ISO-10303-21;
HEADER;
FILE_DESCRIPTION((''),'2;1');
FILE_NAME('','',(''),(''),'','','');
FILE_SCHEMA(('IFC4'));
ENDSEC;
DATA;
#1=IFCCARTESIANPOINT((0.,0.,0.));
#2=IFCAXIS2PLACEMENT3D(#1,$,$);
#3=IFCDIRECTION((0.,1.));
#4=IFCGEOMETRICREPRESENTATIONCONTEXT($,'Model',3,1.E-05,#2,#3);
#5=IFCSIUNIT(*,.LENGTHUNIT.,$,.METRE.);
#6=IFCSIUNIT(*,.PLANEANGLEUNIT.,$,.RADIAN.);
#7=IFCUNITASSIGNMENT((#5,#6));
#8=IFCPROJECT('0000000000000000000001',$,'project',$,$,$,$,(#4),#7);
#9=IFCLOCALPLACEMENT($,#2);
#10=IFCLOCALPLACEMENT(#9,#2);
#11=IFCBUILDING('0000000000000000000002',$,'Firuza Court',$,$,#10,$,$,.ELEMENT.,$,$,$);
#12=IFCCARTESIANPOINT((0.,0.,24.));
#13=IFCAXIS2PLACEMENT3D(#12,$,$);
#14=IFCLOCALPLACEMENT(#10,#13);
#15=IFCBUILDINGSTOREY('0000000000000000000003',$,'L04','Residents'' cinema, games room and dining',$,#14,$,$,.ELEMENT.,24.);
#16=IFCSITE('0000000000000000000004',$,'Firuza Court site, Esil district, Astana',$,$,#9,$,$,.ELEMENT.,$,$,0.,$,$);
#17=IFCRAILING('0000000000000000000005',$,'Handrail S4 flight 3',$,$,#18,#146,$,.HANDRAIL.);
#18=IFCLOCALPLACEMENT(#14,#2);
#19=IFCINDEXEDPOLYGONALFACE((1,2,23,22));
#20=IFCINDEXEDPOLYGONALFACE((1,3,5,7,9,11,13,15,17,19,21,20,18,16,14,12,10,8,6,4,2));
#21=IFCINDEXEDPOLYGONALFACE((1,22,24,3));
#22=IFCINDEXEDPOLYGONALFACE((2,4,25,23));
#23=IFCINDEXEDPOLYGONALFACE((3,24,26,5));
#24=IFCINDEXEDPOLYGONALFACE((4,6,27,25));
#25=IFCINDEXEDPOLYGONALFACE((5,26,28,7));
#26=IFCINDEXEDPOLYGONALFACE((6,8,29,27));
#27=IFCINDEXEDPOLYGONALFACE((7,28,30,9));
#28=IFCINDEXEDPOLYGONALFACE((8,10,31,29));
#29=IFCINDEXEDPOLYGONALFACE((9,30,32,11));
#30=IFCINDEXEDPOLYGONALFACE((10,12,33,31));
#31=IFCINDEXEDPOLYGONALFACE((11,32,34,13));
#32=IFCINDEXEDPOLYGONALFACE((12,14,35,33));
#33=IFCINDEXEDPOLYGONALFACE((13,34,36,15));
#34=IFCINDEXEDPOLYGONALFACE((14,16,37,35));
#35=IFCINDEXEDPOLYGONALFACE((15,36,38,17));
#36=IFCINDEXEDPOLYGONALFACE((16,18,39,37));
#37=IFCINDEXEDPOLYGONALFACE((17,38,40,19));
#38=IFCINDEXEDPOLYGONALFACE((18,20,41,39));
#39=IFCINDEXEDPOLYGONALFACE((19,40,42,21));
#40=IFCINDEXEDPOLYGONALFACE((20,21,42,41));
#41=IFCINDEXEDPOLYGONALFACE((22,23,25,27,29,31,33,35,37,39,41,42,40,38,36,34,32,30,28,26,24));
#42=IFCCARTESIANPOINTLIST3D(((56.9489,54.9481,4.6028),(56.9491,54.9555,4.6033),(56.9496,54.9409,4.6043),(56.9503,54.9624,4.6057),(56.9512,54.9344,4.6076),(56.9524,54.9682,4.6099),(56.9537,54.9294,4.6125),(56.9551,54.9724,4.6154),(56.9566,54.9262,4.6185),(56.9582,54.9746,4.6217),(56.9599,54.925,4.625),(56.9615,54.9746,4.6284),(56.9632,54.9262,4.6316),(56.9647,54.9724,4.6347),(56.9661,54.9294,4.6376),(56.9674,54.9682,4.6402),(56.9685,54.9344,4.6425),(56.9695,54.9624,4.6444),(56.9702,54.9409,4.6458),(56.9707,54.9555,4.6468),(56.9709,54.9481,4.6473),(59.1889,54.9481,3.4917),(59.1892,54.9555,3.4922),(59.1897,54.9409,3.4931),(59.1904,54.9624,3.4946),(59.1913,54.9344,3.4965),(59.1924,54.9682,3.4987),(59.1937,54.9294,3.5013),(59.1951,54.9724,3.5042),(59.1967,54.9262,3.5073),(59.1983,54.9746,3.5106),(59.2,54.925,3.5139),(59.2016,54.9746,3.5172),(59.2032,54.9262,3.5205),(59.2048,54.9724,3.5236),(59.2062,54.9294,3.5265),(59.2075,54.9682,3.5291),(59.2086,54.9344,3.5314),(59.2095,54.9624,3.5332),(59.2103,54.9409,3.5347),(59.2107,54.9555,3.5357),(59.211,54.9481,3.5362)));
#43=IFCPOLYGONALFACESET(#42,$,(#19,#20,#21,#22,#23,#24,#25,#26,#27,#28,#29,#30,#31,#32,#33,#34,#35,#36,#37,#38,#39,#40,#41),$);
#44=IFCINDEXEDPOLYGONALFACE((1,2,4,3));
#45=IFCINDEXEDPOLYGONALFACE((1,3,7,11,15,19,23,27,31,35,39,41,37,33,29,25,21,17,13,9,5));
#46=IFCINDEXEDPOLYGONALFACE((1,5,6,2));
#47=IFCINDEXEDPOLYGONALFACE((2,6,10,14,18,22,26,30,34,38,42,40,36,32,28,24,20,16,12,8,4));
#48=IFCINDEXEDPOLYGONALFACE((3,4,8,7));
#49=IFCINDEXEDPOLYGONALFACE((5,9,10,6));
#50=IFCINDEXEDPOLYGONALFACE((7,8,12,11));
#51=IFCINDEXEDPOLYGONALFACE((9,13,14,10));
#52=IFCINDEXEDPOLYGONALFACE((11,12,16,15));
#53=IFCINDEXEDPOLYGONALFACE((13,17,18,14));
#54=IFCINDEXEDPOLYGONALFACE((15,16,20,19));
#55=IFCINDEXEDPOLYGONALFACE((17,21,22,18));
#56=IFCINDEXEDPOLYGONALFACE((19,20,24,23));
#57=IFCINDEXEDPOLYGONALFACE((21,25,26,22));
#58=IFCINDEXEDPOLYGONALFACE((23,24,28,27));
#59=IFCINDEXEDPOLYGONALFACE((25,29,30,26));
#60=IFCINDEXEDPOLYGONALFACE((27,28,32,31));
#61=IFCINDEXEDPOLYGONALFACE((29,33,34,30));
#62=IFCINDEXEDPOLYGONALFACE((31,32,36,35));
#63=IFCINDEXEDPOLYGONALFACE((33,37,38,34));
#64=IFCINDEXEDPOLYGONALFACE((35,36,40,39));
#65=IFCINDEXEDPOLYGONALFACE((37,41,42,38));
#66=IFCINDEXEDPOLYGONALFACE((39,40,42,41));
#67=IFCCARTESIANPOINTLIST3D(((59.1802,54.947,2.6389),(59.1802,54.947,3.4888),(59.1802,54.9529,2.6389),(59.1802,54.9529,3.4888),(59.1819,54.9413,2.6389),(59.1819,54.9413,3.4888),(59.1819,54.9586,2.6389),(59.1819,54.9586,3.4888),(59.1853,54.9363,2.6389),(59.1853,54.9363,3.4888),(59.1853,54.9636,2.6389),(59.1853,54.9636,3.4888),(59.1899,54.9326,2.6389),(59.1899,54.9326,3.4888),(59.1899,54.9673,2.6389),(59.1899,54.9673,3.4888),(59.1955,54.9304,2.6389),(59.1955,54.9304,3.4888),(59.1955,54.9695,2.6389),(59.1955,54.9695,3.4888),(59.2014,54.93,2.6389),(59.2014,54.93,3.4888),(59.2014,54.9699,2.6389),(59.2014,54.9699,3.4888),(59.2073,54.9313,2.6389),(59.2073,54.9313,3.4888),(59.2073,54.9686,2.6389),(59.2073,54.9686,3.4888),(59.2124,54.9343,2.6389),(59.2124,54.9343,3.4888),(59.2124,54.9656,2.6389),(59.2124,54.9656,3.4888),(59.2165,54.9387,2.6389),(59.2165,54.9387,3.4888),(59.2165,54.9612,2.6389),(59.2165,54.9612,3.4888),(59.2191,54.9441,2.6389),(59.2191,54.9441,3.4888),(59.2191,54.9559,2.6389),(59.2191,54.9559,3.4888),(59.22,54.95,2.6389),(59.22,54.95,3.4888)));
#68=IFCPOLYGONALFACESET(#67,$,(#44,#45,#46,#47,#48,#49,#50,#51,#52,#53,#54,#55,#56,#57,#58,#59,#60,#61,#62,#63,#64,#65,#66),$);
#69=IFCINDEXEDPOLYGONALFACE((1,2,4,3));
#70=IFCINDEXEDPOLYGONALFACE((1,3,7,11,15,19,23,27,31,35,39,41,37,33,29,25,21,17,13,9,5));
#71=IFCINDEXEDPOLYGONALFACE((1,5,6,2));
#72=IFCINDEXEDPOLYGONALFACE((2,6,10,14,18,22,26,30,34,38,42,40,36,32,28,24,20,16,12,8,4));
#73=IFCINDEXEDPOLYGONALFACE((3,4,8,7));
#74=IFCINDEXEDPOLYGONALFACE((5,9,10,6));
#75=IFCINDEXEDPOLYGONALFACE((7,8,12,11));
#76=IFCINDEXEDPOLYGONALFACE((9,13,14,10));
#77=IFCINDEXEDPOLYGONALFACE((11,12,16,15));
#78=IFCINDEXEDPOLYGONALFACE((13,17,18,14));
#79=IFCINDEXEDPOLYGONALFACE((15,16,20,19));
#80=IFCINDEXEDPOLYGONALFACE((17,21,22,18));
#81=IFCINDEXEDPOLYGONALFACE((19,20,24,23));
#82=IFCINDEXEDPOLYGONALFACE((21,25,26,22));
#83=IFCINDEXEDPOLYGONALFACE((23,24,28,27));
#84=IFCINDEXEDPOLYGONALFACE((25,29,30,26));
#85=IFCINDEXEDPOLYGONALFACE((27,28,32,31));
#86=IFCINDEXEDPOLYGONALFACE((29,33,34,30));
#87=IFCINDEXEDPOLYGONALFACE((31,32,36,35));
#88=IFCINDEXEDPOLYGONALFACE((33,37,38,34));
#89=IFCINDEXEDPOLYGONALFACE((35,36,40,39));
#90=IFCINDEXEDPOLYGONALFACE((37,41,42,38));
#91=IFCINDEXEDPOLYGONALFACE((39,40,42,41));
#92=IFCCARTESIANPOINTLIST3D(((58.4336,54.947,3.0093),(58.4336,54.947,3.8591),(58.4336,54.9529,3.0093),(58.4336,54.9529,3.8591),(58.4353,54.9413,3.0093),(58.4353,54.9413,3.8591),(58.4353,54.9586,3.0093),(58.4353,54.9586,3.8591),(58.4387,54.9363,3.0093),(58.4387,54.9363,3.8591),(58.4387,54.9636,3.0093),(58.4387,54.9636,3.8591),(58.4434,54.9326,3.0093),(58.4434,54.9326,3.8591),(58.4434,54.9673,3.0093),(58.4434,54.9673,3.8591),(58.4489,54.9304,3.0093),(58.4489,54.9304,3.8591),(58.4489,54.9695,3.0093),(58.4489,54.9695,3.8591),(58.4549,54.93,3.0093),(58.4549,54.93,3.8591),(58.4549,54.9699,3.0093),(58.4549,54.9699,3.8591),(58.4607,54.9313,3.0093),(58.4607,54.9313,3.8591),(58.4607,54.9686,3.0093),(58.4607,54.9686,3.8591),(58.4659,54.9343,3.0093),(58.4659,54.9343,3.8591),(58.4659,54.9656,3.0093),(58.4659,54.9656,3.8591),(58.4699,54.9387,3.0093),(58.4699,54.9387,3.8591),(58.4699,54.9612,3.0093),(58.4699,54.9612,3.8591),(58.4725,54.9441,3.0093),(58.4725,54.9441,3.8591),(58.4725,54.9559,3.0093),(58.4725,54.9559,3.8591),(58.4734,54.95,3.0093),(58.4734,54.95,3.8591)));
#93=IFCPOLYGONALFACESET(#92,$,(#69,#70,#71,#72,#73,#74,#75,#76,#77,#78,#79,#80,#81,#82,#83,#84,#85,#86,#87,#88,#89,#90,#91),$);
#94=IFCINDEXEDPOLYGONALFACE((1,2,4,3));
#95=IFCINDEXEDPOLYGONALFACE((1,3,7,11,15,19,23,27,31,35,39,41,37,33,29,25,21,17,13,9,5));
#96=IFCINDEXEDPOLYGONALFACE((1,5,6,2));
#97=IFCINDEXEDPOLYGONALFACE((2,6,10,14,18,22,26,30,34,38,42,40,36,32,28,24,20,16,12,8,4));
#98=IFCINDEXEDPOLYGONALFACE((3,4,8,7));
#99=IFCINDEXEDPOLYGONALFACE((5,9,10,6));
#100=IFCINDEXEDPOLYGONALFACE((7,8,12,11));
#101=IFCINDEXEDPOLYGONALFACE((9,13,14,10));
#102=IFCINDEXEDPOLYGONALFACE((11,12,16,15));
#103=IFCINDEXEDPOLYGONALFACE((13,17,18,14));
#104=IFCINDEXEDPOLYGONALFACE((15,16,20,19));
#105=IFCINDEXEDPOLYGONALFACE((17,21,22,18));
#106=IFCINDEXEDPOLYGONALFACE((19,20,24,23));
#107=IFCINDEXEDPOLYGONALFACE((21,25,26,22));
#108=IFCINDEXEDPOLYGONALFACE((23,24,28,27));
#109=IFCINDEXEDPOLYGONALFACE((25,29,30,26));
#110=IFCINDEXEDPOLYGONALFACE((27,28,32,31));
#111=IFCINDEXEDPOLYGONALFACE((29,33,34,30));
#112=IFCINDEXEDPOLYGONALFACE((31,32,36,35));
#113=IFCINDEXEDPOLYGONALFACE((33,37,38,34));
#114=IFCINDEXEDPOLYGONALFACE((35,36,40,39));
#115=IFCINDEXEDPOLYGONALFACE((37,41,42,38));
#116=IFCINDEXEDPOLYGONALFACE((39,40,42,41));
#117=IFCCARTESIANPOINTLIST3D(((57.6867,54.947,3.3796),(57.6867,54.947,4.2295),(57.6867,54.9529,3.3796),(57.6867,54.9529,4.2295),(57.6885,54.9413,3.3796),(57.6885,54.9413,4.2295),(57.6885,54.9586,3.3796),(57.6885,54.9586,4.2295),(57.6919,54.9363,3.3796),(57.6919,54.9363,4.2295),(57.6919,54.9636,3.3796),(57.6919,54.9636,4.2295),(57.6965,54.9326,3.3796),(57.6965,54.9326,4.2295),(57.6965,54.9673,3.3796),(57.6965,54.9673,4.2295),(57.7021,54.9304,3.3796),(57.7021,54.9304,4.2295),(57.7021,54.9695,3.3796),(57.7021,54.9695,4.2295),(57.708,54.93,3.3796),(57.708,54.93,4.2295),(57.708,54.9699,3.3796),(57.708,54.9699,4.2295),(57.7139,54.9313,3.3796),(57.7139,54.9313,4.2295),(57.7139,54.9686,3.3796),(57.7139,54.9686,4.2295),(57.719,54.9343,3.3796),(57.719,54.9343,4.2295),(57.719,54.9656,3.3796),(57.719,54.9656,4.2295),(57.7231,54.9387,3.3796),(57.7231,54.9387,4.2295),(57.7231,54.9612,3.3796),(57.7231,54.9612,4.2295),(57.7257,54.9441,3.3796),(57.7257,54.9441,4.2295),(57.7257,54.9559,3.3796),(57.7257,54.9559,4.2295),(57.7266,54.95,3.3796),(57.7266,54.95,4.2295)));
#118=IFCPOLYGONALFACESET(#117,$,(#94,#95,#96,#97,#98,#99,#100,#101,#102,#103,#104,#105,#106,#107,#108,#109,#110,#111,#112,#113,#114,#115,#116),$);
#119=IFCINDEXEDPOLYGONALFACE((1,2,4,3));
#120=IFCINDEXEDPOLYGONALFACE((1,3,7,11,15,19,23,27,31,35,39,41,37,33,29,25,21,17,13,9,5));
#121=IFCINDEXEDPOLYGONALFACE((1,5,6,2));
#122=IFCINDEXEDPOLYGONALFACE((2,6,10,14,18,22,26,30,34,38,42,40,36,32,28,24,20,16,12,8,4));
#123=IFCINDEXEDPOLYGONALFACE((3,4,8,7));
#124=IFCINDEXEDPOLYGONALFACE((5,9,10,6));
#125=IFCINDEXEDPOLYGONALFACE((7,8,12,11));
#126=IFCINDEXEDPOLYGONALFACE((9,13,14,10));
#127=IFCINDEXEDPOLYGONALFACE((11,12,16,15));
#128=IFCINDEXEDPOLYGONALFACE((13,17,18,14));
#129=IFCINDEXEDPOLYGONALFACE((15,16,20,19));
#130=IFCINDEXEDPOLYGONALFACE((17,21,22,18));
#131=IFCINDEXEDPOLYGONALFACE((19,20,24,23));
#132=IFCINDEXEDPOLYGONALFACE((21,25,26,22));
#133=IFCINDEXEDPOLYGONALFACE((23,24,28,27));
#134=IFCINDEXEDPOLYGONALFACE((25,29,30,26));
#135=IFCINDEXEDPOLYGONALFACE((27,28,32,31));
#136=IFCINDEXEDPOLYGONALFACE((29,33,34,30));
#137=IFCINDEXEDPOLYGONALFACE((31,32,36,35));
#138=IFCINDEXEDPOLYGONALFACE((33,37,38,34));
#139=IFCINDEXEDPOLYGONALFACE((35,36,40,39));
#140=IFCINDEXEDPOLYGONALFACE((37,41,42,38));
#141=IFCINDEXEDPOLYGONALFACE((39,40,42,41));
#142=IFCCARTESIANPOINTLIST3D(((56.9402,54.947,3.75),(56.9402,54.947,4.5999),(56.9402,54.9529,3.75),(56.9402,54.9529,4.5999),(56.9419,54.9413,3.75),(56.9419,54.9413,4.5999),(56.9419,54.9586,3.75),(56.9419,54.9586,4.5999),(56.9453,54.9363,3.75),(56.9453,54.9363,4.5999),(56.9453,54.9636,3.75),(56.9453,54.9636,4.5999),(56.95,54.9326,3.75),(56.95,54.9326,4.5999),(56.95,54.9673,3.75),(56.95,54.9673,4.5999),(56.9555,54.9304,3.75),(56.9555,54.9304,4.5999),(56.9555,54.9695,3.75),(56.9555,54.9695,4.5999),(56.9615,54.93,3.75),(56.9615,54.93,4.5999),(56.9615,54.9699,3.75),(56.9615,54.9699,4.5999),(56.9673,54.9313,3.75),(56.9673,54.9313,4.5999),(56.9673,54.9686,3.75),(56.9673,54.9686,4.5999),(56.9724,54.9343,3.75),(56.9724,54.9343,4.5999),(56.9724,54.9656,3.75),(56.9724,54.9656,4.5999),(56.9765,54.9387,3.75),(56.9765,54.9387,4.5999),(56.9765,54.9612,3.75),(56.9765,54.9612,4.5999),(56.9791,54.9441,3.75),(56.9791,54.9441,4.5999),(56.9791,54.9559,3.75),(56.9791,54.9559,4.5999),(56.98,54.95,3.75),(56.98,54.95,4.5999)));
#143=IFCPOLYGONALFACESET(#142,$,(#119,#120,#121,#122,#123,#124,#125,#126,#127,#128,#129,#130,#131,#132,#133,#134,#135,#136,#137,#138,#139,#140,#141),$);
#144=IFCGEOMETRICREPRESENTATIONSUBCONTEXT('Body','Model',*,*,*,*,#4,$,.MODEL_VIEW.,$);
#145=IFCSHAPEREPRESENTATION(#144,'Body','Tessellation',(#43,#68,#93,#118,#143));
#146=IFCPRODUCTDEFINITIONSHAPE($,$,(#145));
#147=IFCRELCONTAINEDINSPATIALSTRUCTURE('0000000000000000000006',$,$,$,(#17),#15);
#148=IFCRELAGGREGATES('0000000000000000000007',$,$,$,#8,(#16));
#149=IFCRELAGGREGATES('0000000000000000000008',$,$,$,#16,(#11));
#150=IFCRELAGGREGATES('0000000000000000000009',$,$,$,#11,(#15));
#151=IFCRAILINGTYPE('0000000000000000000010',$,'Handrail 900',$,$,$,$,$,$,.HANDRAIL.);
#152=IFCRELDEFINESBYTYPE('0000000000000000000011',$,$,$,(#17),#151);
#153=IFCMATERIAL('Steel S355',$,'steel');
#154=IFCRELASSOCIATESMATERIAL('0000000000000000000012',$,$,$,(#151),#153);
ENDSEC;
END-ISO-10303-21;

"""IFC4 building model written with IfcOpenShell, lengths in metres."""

from ifc_helpers import new_model, si_unit, direction, frame, origin, origin_2d, place, context, subcontext, project, spatial, circle, extrude, material, type_object, element, save


model = new_model("IFC4")

# Units and contexts
model_context = context("Model", 3, precision=1e-05, world=origin(), true_north=direction((0.0, 1.0)))
body_context = subcontext(model_context, "Body", "Model", "MODEL_VIEW")
ifc_project = project(units=[si_unit("LENGTHUNIT", "METRE"), si_unit("PLANEANGLEUNIT", "RADIAN")], contexts=[model_context])

# Site, building, storey
site_placement = place(None, origin())
site = spatial("IfcSite", under=ifc_project, at=site_placement, Name="Firuza Court site, Esil district, Astana", CompositionType="ELEMENT", RefElevation=0.0)
building_placement = place(site_placement, origin())
building = spatial("IfcBuilding", under=site, at=building_placement, Name="Firuza Court", CompositionType="ELEMENT")
storey_placement = place(building_placement, frame((0.0, 0.0, 24.0)))
storey = spatial("IfcBuildingStorey", under=building, at=storey_placement, Name="L04", Description="Residents' cinema, games room and dining", CompositionType="ELEMENT", Elevation=24.0)

# Railing
ifc_material_1 = material(Name="Steel S355", Category="steel")
railing_type_1 = type_object("IfcRailingType", Name="Handrail 900", PredefinedType="HANDRAIL", material=ifc_material_1)
railing_1_placement = place(storey_placement, frame((59.2, 54.95, 2.6389)))
element("IfcRailing", 1, at=railing_1_placement, inside=storey, type_object=railing_type_1, Name="Handrail S4 flight 3", PredefinedType="HANDRAIL", context=body_context, shape_type="SweptSolid", body=[
    extrude(circle(Radius=0.0249, at=origin_2d()), frame((0.0, 0.0, 0.875), z_axis=(-0.895848, 0.0, 0.44436), x_axis=(0.0, -1.0, 0.0)), (0.0, 0.0, 1.0), 2.5005),
    extrude(circle(Radius=0.02, at=origin_2d()), origin(), (0.0, 0.0, 1.0), 0.8499),
    extrude(circle(Radius=0.02, at=origin_2d()), frame((-0.7466, 0.0, 0.3704)), (0.0, 0.0, 1.0), 0.8499),
    extrude(circle(Radius=0.02, at=origin_2d()), frame((-1.4934, 0.0, 0.7407)), (0.0, 0.0, 1.0), 0.8499),
    extrude(circle(Radius=0.02, at=origin_2d()), frame((-2.24, 0.0, 1.1111)), (0.0, 0.0, 1.0), 0.8499),
])

save(model, "model.ifc")
